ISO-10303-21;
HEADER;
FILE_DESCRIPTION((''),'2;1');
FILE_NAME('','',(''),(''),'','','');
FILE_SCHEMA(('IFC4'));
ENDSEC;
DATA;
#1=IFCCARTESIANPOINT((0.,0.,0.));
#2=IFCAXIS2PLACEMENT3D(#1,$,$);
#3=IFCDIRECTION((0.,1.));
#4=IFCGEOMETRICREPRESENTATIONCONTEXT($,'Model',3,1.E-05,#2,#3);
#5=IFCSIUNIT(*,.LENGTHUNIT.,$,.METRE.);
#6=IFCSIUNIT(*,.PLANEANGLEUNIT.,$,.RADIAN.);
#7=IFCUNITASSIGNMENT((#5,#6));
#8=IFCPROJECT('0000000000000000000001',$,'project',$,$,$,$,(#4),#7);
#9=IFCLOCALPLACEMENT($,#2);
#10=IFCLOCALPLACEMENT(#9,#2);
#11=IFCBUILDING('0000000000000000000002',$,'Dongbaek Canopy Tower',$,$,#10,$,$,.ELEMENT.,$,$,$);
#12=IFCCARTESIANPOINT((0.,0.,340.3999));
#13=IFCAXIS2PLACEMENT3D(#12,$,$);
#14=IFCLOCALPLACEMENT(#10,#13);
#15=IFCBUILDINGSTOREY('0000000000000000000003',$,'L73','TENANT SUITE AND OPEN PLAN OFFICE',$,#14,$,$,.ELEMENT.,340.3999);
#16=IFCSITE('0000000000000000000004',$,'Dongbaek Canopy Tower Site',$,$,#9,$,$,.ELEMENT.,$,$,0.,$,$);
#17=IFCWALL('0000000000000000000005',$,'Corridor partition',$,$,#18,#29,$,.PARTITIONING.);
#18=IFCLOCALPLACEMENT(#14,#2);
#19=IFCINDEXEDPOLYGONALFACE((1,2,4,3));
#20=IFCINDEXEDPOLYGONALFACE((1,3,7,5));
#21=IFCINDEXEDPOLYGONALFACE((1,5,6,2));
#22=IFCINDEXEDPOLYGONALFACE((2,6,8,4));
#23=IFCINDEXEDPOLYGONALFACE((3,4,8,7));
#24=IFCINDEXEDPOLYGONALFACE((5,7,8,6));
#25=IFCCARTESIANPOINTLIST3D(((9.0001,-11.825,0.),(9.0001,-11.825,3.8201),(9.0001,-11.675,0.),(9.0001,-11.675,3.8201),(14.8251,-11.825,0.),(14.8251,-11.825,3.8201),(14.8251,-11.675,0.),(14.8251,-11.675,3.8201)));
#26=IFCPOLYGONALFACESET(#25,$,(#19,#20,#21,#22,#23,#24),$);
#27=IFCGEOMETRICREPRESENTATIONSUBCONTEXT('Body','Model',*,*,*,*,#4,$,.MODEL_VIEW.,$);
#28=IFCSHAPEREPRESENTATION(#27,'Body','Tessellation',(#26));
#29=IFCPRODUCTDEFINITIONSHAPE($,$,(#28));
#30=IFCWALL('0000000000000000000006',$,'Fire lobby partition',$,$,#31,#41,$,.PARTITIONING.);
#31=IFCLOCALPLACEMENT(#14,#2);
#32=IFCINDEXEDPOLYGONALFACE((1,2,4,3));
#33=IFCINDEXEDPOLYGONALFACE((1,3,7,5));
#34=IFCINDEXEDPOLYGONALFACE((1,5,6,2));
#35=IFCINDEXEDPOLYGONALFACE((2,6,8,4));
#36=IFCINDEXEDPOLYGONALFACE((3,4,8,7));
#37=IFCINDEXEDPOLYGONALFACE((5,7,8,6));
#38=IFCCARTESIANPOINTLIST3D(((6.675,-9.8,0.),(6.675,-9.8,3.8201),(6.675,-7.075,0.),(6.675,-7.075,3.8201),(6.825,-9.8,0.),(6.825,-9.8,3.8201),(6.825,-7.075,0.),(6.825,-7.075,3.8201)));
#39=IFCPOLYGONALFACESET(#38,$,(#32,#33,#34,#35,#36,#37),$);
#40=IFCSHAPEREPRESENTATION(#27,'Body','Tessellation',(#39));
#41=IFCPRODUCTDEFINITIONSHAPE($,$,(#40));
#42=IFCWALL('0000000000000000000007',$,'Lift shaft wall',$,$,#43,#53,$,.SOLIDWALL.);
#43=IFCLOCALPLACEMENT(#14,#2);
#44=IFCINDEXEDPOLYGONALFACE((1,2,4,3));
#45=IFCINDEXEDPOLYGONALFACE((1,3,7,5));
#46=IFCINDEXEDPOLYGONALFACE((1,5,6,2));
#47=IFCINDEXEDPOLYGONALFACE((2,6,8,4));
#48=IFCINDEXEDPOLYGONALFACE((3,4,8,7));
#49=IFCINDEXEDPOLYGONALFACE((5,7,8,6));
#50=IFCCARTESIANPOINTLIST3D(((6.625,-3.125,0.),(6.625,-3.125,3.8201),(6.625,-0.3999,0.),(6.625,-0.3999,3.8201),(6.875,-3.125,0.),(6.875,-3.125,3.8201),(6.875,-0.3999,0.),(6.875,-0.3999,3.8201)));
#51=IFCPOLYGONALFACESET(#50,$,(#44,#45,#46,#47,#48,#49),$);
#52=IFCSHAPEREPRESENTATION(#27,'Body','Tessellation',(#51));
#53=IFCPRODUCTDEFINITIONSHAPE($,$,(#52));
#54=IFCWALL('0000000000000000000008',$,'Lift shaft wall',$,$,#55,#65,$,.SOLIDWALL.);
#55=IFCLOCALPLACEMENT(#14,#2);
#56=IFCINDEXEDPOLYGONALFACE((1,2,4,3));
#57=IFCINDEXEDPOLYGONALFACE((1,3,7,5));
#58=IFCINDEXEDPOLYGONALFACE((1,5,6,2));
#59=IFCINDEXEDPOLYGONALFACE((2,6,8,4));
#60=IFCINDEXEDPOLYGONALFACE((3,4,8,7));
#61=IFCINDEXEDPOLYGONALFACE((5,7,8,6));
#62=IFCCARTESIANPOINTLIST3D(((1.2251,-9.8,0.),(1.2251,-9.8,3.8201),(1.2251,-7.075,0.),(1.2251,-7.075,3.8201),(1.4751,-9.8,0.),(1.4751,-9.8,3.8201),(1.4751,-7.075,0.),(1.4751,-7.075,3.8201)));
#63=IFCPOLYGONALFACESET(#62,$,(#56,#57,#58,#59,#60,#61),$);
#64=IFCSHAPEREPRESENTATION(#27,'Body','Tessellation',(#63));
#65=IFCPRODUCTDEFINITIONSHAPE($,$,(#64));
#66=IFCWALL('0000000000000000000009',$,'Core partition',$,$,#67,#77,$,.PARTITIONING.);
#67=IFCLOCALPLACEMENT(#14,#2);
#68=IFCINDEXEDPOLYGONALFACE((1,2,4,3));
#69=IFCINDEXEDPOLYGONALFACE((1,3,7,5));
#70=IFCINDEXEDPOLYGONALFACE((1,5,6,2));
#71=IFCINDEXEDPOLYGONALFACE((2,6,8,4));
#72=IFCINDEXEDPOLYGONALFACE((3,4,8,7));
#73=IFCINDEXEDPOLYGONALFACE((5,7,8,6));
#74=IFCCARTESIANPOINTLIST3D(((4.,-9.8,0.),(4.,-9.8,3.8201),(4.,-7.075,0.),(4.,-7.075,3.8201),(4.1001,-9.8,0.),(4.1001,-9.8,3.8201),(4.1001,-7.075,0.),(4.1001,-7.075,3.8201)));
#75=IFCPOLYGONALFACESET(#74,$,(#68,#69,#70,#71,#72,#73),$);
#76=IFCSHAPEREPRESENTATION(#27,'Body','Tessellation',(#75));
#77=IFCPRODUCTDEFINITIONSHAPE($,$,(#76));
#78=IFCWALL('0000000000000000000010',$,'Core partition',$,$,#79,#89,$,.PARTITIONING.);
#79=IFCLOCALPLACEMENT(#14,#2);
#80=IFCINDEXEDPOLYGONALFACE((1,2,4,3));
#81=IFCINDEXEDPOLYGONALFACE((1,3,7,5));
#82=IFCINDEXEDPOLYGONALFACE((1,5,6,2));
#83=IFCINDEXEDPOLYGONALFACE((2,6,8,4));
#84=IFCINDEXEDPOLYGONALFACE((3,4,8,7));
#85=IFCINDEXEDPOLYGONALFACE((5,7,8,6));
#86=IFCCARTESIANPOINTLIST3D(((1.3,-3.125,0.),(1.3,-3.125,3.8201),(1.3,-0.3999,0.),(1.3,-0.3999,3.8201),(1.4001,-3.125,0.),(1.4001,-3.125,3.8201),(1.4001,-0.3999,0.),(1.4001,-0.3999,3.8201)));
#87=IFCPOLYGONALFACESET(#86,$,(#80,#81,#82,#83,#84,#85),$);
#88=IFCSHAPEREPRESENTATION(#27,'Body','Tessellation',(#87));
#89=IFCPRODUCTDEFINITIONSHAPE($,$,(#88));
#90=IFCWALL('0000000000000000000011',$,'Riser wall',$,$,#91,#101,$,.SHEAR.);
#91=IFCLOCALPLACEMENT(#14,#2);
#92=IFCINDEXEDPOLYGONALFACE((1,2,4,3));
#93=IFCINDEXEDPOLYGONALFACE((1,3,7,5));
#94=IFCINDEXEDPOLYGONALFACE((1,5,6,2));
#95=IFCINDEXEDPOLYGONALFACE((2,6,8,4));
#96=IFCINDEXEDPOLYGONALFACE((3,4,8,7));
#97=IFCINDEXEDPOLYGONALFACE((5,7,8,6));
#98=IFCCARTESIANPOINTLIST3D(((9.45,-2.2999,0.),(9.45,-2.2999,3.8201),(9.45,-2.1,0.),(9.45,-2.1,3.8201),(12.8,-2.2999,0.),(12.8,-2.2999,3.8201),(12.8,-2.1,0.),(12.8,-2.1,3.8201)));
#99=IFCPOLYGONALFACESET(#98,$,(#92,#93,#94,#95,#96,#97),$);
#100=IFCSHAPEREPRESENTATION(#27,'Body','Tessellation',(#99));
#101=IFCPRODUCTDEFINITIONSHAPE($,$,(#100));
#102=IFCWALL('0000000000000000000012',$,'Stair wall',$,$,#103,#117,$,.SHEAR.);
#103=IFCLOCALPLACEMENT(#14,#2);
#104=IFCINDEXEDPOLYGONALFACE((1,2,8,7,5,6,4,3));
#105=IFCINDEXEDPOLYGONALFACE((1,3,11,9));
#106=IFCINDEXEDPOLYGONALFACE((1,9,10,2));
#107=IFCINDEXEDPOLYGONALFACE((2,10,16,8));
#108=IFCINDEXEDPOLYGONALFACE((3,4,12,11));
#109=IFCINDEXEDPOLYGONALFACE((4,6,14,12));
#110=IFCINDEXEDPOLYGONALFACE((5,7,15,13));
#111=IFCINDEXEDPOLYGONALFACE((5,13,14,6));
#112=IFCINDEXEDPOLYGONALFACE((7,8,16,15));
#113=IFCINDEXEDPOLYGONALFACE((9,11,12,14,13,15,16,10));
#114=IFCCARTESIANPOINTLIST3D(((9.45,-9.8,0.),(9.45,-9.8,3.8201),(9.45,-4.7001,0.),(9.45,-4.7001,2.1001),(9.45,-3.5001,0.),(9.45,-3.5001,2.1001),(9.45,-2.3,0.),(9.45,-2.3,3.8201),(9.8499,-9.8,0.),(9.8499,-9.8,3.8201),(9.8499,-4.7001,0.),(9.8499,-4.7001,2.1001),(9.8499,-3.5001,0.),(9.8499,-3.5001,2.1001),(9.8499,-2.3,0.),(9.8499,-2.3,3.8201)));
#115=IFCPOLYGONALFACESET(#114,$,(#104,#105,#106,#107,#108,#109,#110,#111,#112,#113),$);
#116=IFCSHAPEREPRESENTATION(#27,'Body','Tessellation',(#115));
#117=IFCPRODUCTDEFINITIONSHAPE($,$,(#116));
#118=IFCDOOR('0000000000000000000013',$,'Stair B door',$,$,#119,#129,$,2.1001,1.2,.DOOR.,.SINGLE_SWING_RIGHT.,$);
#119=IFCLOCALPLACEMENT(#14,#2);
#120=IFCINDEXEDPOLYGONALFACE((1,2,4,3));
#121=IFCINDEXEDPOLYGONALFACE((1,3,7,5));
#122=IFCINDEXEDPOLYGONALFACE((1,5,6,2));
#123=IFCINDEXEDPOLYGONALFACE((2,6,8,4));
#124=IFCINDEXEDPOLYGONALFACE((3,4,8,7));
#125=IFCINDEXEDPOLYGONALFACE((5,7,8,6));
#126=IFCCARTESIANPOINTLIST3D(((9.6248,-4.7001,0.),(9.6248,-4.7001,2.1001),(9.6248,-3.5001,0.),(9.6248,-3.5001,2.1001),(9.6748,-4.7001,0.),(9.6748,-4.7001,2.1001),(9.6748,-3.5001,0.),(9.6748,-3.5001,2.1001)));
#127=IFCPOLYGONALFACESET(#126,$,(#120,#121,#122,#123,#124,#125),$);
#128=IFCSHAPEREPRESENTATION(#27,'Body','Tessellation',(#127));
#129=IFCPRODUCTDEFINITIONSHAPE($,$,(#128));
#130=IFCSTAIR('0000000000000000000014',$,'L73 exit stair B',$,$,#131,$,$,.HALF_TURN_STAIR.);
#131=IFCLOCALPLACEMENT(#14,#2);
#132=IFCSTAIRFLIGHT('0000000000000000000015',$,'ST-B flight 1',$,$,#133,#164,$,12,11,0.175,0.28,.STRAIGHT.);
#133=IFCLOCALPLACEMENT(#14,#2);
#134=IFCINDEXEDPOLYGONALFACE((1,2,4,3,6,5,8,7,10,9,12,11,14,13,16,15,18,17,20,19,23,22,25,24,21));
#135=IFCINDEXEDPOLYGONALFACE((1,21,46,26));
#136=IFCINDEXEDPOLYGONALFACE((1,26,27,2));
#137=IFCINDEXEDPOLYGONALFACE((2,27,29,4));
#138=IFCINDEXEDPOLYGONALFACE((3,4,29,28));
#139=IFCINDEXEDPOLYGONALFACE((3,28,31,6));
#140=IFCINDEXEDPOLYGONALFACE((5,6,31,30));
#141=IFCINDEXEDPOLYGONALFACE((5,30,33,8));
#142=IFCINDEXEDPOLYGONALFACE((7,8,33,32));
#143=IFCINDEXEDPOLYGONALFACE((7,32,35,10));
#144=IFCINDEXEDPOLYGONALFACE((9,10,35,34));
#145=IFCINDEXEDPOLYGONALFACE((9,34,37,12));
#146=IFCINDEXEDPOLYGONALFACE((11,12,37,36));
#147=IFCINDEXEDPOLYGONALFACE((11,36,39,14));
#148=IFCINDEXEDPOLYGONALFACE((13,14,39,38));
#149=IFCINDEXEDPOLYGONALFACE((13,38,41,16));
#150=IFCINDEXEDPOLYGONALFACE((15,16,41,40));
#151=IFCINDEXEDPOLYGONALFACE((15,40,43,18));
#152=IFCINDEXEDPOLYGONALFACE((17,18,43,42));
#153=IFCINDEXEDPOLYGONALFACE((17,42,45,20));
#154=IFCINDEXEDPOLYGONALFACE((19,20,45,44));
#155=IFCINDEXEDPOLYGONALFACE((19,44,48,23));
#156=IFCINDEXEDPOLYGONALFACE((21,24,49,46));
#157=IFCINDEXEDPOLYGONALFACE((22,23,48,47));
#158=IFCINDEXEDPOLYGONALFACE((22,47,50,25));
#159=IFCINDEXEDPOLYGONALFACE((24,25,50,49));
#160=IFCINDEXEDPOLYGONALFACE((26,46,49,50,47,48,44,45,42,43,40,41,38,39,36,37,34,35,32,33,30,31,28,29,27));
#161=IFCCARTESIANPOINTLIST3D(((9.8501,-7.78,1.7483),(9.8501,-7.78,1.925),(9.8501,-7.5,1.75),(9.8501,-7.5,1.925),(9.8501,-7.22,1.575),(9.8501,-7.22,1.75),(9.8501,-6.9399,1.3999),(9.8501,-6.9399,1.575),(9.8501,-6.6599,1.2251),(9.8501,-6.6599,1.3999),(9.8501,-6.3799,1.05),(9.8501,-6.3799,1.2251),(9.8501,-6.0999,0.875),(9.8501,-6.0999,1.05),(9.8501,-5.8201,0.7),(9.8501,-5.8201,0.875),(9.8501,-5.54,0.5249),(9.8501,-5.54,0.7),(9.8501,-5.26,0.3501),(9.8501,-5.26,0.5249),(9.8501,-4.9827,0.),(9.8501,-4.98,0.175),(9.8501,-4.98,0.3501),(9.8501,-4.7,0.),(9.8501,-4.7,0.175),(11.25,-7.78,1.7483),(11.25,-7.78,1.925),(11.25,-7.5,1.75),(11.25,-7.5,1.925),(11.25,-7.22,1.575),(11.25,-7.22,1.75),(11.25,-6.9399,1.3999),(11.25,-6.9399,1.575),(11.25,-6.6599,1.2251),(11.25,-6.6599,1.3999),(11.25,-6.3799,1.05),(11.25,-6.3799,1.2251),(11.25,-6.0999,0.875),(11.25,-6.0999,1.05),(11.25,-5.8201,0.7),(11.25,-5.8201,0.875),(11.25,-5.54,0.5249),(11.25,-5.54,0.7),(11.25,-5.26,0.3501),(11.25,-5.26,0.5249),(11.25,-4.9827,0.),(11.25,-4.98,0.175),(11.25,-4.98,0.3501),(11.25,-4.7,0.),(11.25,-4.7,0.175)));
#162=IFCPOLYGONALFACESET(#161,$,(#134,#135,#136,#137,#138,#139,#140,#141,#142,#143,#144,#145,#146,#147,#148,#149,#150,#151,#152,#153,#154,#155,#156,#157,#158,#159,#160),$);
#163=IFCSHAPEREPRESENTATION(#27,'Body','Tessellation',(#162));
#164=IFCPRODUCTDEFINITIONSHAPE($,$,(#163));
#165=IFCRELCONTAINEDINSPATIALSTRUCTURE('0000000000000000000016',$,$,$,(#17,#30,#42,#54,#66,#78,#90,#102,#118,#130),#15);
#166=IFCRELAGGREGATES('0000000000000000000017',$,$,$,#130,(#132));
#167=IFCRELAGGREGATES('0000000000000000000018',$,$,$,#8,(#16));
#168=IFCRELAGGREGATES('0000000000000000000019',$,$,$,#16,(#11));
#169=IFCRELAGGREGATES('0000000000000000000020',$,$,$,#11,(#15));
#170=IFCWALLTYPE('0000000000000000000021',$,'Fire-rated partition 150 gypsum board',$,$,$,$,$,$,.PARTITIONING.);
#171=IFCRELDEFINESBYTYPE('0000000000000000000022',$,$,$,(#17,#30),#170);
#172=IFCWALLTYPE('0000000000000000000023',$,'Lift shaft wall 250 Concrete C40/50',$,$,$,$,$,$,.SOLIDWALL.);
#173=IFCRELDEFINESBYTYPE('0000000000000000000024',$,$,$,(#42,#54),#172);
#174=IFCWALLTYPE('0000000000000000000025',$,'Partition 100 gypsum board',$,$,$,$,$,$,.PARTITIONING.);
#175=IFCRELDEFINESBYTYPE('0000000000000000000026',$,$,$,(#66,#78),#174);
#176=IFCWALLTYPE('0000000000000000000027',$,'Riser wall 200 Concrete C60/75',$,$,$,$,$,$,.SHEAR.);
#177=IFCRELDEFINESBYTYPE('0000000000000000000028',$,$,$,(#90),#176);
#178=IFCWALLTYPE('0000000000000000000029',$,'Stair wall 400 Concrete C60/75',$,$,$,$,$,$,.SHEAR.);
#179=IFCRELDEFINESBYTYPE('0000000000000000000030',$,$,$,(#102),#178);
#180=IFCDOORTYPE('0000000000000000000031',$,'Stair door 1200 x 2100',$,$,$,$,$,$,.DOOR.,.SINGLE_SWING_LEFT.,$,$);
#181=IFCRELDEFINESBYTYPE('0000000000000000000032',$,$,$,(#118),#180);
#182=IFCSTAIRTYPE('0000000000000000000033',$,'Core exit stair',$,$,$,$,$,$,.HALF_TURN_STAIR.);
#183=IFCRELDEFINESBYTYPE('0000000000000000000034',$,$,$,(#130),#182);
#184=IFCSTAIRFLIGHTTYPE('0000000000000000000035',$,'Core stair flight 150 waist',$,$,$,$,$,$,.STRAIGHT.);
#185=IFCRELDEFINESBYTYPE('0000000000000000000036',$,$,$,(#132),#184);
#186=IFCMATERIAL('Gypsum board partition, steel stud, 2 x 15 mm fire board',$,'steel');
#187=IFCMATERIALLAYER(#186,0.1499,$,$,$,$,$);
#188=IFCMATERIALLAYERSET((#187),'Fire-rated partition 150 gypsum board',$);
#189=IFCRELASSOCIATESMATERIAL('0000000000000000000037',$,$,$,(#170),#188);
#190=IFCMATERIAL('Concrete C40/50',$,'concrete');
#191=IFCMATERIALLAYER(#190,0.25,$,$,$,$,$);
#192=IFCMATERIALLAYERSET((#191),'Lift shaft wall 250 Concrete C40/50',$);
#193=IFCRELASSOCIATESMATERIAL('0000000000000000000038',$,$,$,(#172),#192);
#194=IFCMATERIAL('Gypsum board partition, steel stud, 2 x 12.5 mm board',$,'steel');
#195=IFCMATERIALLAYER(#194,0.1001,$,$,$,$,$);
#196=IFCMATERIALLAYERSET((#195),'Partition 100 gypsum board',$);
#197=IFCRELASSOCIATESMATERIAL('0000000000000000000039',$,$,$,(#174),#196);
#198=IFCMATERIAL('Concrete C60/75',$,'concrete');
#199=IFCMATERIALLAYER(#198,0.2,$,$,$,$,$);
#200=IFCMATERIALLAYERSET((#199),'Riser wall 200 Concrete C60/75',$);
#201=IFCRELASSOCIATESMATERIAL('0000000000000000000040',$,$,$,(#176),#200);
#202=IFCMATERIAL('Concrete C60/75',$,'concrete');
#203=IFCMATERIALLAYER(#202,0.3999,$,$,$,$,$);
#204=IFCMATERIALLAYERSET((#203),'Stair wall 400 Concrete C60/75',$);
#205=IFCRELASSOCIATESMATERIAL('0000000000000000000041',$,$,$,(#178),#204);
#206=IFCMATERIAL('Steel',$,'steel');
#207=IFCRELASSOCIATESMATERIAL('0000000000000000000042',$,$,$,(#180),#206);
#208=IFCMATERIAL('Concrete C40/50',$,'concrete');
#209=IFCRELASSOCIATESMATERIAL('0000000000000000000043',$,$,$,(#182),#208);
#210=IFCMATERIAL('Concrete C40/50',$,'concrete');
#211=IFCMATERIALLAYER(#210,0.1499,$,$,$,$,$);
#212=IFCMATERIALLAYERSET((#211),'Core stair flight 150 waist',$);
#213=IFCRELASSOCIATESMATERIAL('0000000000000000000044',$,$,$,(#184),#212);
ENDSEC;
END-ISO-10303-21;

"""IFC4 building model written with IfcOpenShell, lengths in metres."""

from ifc_helpers import new_model, si_unit, direction, frame, frame_2d, origin, place, context, subcontext, project, spatial, polyline, rectangle, outline, extrude, material, layer, layer_set, type_object, element, fill, aggregate, save


model = new_model("IFC4")

# Units and contexts
model_context = context("Model", 3, precision=1e-05, world=origin(), true_north=direction((0.0, 1.0)))
body_context = subcontext(model_context, "Body", "Model", "MODEL_VIEW")
ifc_project = project(units=[si_unit("LENGTHUNIT", "METRE"), si_unit("PLANEANGLEUNIT", "RADIAN")], contexts=[model_context])

# Site, building, storey
site_placement = place(None, origin())
site = spatial("IfcSite", under=ifc_project, at=site_placement, Name="Dongbaek Canopy Tower Site", CompositionType="ELEMENT", RefElevation=0.0)
building_placement = place(site_placement, origin())
building = spatial("IfcBuilding", under=site, at=building_placement, Name="Dongbaek Canopy Tower", CompositionType="ELEMENT")
storey_placement = place(building_placement, frame((0.0, 0.0, 340.3999)))
storey = spatial("IfcBuildingStorey", under=building, at=storey_placement, Name="L73", Description="TENANT SUITE AND OPEN PLAN OFFICE", CompositionType="ELEMENT", Elevation=340.3999)

# Walls
ifc_material_1 = material(Name="Gypsum board partition, steel stud, 2 x 15 mm fire board", Category="steel")
ifc_layer_1 = layer(ifc_material_1, 0.1499)
ifc_layer_set_1 = layer_set([ifc_layer_1], Name="Fire-rated partition 150 gypsum board")
wall_type_1 = type_object("IfcWallType", Name="Fire-rated partition 150 gypsum board", PredefinedType="PARTITIONING", material=ifc_layer_set_1)
wall_1_placement = place(storey_placement, frame((9.0, -11.75, 0.0), z_axis=(0.0, 0.0, 1.0), x_axis=(1.0, 0.0, 0.0)))
element("IfcWall", 1, at=wall_1_placement, inside=storey, type_object=wall_type_1, Name="Corridor partition", PredefinedType="PARTITIONING", context=body_context, shape_type="SweptSolid", body=[
    extrude(rectangle(XDim=5.825, YDim=0.1499, at=frame_2d((2.9126, 0.0))), origin(), (0.0, 0.0, 1.0), 3.8201),
])
wall_2_placement = place(storey_placement, frame((6.75, -9.8, 0.0), z_axis=(0.0, 0.0, 1.0), x_axis=(0.0, 1.0, 0.0)))
element("IfcWall", 2, at=wall_2_placement, inside=storey, type_object=wall_type_1, Name="Fire lobby partition", PredefinedType="PARTITIONING", context=body_context, shape_type="SweptSolid", body=[
    extrude(rectangle(XDim=2.7251, YDim=0.1499, at=frame_2d((1.3625, 0.0))), origin(), (0.0, 0.0, 1.0), 3.8201),
])
ifc_material_2 = material(Name="Concrete C40/50", Category="concrete")
ifc_layer_2 = layer(ifc_material_2, 0.25)
ifc_layer_set_2 = layer_set([ifc_layer_2], Name="Lift shaft wall 250 Concrete C40/50")
wall_type_2 = type_object("IfcWallType", Name="Lift shaft wall 250 Concrete C40/50", PredefinedType="SOLIDWALL", material=ifc_layer_set_2)
for number, where, z_axis, x_axis, name in (
    (3, (6.75, -3.125, 0.0), (0.0, 0.0, 1.0), (0.0, 1.0, 0.0), "Lift shaft wall"),
    (4, (1.3501, -9.8, 0.0), (0.0, 0.0, 1.0), (0.0, 1.0, 0.0), "Lift shaft wall"),
):
    element("IfcWall", number, at=place(storey_placement, frame(where, z_axis=z_axis, x_axis=x_axis)), inside=storey, type_object=wall_type_2, Name=name, PredefinedType="SOLIDWALL", context=body_context, shape_type="SweptSolid", body=[
        extrude(rectangle(XDim=2.7251, YDim=0.25, at=frame_2d((1.3625, 0.0))), origin(), (0.0, 0.0, 1.0), 3.8201),
    ])
ifc_material_3 = material(Name="Gypsum board partition, steel stud, 2 x 12.5 mm board", Category="steel")
ifc_layer_3 = layer(ifc_material_3, 0.1001)
ifc_layer_set_3 = layer_set([ifc_layer_3], Name="Partition 100 gypsum board")
wall_type_3 = type_object("IfcWallType", Name="Partition 100 gypsum board", PredefinedType="PARTITIONING", material=ifc_layer_set_3)
for number, where, z_axis, x_axis, name in (
    (5, (4.05, -9.8, 0.0), (0.0, 0.0, 1.0), (0.0, 1.0, 0.0), "Core partition"),
    (6, (1.3501, -3.125, 0.0), (0.0, 0.0, 1.0), (0.0, 1.0, 0.0), "Core partition"),
):
    element("IfcWall", number, at=place(storey_placement, frame(where, z_axis=z_axis, x_axis=x_axis)), inside=storey, type_object=wall_type_3, Name=name, PredefinedType="PARTITIONING", context=body_context, shape_type="SweptSolid", body=[
        extrude(rectangle(XDim=2.7251, YDim=0.1001, at=frame_2d((1.3625, 0.0))), origin(), (0.0, 0.0, 1.0), 3.8201),
    ])
ifc_material_4 = material(Name="Concrete C60/75", Category="concrete")
ifc_layer_4 = layer(ifc_material_4, 0.2)
ifc_layer_set_4 = layer_set([ifc_layer_4], Name="Riser wall 200 Concrete C60/75")
wall_type_4 = type_object("IfcWallType", Name="Riser wall 200 Concrete C60/75", PredefinedType="SHEAR", material=ifc_layer_set_4)
wall_3_placement = place(storey_placement, frame((9.45, -2.2, 0.0), z_axis=(0.0, 0.0, 1.0), x_axis=(1.0, 0.0, 0.0)))
element("IfcWall", 7, at=wall_3_placement, inside=storey, type_object=wall_type_4, Name="Riser wall", PredefinedType="SHEAR", context=body_context, shape_type="SweptSolid", body=[
    extrude(rectangle(XDim=3.3501, YDim=0.2, at=frame_2d((1.675, 0.0))), origin(), (0.0, 0.0, 1.0), 3.8201),
])

# Wall, opening, door
ifc_material_5 = material(Name="Concrete C60/75", Category="concrete")
ifc_layer_5 = layer(ifc_material_5, 0.3999)
ifc_layer_set_5 = layer_set([ifc_layer_5], Name="Stair wall 400 Concrete C60/75")
wall_type_5 = type_object("IfcWallType", Name="Stair wall 400 Concrete C60/75", PredefinedType="SHEAR", material=ifc_layer_set_5)
wall_4_placement = place(storey_placement, frame((9.6499, -2.3, 0.0), z_axis=(0.0, 0.0, 1.0), x_axis=(0.0, -1.0, 0.0)))
wall_4 = element("IfcWall", 8, at=wall_4_placement, inside=storey, type_object=wall_type_5, Name="Stair wall", PredefinedType="SHEAR", context=body_context, shape_type="SweptSolid", body=[
    extrude(rectangle(XDim=7.5, YDim=0.3999, at=frame_2d((3.75, 0.0))), origin(), (0.0, 0.0, 1.0), 3.8201),
])
opening_1_placement = place(wall_4_placement, frame((1.2, 0.0, 0.0)))
opening_1 = element("IfcOpeningElement", 9, at=opening_1_placement, cuts=wall_4, PredefinedType="OPENING", context=body_context, shape_type="SweptSolid", body=[
    extrude(rectangle(XDim=1.2, YDim=2.1001, at=frame_2d((0.6001, 1.05))), frame((0.0, 0.21, 0.0), z_axis=(0.0, -1.0, 0.0), x_axis=(1.0, 0.0, 0.0)), (0.0, 0.0, 1.0), 0.4199),
])
ifc_material_6 = material(Name="Steel", Category="steel")
door_type_1 = type_object("IfcDoorType", Name="Stair door 1200 x 2100", OperationType="SINGLE_SWING_LEFT", PredefinedType="DOOR", material=ifc_material_6)
door_1_placement = place(opening_1_placement, origin())
door_1 = element("IfcDoor", 10, at=door_1_placement, inside=storey, type_object=door_type_1, Name="Stair B door", OperationType="SINGLE_SWING_RIGHT", OverallHeight=2.1001, OverallWidth=1.2, PredefinedType="DOOR", context=body_context, shape_type="SweptSolid", body=[
    extrude(rectangle(XDim=1.2, YDim=2.1001, at=frame_2d((0.6001, 1.05))), frame((0.0, 0.0249, 0.0), z_axis=(0.0, -1.0, 0.0), x_axis=(1.0, 0.0, 0.0)), (0.0, 0.0, 1.0), 0.05),
])
fill(opening_1, door_1)

# Stair, stair flight
ifc_material_7 = material(Name="Concrete C40/50", Category="concrete")
stair_type = type_object("IfcStairType", Name="Core exit stair", PredefinedType="HALF_TURN_STAIR", material=ifc_material_7)
stair_placement = place(storey_placement, origin())
stair = element("IfcStair", 11, at=stair_placement, inside=storey, type_object=stair_type, Name="L73 exit stair B", PredefinedType="HALF_TURN_STAIR")
ifc_material_8 = material(Name="Concrete C40/50", Category="concrete")
ifc_layer_6 = layer(ifc_material_8, 0.1499)
ifc_layer_set_6 = layer_set([ifc_layer_6], Name="Core stair flight 150 waist")
stair_flight_type = type_object("IfcStairFlightType", Name="Core stair flight 150 waist", PredefinedType="STRAIGHT", material=ifc_layer_set_6)
stair_flight_1_placement = place(storey_placement, frame((10.55, -4.7, 0.0), z_axis=(0.0, 0.0, 1.0), x_axis=(0.0, -1.0, 0.0)))
stair_flight_1 = element("IfcStairFlight", 12, at=stair_flight_1_placement, type_object=stair_flight_type, Name="ST-B flight 1", NumberOfRisers=12, NumberOfTreads=11, PredefinedType="STRAIGHT", RiserHeight=0.175, TreadLength=0.28, context=body_context, shape_type="SweptSolid", body=[
    extrude(outline(polyline([(0.0, 0.0), (0.0, 0.175), (0.28, 0.175), (0.28, 0.3501), (0.5601, 0.3501), (0.5601, 0.5249), (0.8401, 0.5249), (0.8401, 0.7), (1.1201, 0.7), (1.1201, 0.875), (1.3999, 0.875), (1.3999, 1.05), (1.6799, 1.05), (1.6799, 1.2251), (1.96, 1.2251), (1.96, 1.3999), (2.24, 1.3999), (2.24, 1.575), (2.52, 1.575), (2.52, 1.75), (2.8, 1.75), (2.8, 1.925), (3.0801, 1.925), (3.0801, 2.1001), (3.0801, 1.7483), (0.2827, 0.0), (0.0, 0.0)])), frame((0.0, 0.7, 0.0), z_axis=(0.0, -1.0, 0.0), x_axis=(1.0, 0.0, 0.0)), (0.0, 0.0, 1.0), 1.3999),
])
aggregate(stair, [stair_flight_1])

save(model, "model.ifc")
